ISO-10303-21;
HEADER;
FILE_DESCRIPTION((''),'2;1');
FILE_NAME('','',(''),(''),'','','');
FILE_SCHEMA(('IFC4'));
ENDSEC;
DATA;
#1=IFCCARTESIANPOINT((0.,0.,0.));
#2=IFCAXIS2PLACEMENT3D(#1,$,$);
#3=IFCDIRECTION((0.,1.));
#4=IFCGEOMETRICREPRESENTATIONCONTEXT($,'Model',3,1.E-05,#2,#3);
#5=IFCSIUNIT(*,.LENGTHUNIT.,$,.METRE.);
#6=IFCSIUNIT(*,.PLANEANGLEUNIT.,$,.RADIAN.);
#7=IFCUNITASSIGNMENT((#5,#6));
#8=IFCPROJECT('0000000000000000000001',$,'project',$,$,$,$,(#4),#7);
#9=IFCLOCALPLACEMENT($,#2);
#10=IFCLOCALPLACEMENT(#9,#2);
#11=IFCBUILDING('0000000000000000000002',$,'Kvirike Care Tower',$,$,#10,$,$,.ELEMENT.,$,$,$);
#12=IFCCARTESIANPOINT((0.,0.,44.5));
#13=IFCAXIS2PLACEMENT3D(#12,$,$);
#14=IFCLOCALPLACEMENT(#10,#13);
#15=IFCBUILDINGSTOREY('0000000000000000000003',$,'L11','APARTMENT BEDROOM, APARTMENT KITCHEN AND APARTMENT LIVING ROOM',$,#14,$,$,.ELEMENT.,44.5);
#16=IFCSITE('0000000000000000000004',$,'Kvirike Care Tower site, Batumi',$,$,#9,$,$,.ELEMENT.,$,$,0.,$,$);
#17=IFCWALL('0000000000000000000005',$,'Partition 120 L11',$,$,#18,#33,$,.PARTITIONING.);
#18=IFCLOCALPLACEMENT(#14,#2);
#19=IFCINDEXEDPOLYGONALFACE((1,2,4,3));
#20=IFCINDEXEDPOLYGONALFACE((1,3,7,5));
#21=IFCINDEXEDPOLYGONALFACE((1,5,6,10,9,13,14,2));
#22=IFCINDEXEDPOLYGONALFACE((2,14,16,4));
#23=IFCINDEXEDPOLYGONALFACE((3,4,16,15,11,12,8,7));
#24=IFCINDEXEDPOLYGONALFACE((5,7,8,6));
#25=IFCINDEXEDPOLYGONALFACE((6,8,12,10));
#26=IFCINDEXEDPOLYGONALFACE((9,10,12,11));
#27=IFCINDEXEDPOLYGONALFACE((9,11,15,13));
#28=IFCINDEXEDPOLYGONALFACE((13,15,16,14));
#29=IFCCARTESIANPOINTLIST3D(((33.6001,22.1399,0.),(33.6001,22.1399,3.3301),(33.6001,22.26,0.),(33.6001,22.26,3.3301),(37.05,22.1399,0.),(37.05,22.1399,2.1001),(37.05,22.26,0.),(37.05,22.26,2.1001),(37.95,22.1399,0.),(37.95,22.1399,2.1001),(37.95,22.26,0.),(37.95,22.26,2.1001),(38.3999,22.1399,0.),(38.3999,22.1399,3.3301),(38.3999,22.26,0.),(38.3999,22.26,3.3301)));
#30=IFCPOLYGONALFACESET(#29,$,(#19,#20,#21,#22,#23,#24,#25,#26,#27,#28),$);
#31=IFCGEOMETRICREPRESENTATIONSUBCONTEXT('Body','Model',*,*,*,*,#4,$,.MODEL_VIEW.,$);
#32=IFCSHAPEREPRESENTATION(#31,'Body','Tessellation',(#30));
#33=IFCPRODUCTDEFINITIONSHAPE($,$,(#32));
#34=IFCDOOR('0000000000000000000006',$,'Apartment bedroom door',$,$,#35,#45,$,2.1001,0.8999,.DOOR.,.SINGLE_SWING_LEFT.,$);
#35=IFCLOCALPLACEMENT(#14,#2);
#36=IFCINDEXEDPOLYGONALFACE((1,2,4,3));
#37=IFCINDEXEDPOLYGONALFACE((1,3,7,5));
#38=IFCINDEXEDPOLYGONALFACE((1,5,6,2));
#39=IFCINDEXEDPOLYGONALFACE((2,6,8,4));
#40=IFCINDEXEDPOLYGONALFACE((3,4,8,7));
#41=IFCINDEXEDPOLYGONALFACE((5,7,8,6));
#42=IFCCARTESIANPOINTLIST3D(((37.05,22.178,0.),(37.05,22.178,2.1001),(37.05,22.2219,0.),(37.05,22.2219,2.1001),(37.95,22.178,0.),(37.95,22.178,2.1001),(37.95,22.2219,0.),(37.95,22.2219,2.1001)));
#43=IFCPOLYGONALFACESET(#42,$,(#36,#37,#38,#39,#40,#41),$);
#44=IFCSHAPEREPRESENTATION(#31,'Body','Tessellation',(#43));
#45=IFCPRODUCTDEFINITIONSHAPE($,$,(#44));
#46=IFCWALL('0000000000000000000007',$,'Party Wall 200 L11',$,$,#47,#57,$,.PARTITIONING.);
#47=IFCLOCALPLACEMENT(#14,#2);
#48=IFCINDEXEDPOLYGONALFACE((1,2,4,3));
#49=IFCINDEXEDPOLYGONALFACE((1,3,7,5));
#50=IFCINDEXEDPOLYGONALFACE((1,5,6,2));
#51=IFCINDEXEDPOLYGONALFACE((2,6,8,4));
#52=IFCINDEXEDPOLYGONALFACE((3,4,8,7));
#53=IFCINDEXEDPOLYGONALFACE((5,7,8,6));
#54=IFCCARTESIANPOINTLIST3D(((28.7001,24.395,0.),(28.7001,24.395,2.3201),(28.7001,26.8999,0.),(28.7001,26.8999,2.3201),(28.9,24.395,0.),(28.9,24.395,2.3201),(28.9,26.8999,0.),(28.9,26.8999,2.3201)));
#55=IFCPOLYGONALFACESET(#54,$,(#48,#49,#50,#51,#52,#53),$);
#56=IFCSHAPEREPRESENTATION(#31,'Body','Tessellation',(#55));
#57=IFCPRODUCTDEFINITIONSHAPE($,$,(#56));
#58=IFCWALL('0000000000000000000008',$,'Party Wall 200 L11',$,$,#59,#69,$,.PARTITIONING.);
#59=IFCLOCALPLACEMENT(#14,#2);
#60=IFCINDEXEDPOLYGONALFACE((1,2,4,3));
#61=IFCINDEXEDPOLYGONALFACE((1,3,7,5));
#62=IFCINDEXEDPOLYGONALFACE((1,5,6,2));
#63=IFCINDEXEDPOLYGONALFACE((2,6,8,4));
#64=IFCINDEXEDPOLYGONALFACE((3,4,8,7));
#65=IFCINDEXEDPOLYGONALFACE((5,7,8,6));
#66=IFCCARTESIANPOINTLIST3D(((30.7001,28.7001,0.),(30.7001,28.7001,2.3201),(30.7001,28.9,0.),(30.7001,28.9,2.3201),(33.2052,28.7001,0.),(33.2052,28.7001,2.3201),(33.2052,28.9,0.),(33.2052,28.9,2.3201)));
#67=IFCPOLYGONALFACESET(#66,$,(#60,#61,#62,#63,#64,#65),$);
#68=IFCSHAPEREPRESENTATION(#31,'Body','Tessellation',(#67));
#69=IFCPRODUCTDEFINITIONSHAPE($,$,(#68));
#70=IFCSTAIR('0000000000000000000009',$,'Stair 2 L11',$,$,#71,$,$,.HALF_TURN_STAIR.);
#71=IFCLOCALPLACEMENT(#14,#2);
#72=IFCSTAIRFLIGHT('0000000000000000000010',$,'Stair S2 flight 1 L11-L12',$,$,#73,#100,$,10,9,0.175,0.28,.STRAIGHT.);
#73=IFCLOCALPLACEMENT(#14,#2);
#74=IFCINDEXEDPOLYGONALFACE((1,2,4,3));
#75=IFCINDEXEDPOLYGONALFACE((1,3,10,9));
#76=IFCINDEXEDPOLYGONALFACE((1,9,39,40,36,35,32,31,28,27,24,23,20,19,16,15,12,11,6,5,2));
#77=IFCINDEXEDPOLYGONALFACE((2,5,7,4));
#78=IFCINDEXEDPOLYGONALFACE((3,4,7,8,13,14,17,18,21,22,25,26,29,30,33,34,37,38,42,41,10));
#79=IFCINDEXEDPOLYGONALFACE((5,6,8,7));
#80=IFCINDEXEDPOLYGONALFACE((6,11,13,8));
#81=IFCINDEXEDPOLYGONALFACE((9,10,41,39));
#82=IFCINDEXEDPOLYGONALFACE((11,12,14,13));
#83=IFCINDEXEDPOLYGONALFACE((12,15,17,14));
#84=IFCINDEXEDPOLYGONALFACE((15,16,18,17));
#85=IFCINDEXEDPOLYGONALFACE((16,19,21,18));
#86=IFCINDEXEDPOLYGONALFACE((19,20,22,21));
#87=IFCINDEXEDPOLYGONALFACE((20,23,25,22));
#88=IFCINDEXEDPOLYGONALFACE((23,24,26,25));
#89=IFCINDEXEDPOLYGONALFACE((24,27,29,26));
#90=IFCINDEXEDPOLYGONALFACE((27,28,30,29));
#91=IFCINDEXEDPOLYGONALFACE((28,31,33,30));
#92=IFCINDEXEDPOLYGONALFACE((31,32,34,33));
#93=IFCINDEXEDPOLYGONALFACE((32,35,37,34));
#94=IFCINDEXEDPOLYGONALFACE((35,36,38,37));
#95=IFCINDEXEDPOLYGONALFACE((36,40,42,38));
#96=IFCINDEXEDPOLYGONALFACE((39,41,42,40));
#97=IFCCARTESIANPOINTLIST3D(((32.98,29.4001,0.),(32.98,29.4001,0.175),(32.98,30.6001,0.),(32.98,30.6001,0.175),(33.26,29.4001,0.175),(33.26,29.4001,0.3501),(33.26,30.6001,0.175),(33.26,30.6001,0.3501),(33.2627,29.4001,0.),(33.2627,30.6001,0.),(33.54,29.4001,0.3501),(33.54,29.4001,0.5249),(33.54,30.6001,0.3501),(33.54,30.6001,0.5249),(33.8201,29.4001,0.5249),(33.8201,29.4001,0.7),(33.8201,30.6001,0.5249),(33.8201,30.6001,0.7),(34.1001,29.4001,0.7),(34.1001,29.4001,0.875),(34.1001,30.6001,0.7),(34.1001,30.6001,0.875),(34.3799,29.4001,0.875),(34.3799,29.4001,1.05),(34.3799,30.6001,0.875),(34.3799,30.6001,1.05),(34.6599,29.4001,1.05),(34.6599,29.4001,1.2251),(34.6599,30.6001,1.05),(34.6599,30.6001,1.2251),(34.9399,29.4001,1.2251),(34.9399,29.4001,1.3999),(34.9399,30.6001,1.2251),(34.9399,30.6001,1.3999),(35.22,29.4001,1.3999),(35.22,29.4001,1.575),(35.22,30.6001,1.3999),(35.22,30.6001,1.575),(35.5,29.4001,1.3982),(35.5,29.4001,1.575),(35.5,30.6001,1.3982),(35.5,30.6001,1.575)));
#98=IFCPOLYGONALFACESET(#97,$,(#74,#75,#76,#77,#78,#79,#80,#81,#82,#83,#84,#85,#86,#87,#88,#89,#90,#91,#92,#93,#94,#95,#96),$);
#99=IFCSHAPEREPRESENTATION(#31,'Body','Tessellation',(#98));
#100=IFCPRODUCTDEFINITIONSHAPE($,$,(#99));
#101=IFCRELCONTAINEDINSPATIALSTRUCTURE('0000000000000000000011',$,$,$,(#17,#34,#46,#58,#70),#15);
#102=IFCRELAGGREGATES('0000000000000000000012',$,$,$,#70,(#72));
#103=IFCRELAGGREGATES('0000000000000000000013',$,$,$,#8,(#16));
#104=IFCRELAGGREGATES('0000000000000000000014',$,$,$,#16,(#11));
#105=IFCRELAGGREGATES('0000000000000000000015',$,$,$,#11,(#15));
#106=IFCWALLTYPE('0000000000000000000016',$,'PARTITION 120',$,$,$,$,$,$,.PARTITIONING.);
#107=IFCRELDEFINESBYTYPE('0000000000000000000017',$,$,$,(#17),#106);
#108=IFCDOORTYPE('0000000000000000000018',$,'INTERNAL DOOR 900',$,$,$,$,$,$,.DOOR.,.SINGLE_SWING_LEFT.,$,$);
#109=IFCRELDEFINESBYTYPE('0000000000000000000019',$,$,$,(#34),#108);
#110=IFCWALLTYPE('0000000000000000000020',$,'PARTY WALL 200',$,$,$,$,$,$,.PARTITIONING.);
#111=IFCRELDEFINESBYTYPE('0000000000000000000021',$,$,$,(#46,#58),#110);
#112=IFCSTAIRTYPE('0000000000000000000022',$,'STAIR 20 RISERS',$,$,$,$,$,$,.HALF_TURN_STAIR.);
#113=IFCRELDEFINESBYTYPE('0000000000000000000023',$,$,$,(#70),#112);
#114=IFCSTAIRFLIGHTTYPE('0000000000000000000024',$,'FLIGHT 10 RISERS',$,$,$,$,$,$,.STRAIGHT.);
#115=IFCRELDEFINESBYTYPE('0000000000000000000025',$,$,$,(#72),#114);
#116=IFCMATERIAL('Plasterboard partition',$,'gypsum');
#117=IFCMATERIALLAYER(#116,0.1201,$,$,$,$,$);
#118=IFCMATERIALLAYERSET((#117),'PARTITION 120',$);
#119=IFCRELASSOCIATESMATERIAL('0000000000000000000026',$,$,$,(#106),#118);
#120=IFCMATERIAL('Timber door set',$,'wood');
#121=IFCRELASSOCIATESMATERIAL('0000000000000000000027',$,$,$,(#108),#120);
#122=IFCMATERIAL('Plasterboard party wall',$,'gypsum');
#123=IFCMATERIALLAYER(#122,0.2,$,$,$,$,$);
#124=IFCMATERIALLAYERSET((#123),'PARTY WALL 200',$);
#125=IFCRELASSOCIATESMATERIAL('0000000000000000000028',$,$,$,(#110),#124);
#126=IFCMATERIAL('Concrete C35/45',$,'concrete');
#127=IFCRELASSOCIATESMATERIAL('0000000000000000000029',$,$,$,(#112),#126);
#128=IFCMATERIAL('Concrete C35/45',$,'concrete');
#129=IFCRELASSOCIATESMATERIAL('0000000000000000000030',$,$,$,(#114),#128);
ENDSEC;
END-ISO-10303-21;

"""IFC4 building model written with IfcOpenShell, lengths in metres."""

from ifc_helpers import new_model, si_unit, direction, frame, frame_2d, origin, place, context, subcontext, project, spatial, polyline, rectangle, outline, extrude, material, layer, layer_set, type_object, element, fill, aggregate, save


model = new_model("IFC4")

# Units and contexts
model_context = context("Model", 3, precision=1e-05, world=origin(), true_north=direction((0.0, 1.0)))
body_context = subcontext(model_context, "Body", "Model", "MODEL_VIEW")
ifc_project = project(units=[si_unit("LENGTHUNIT", "METRE"), si_unit("PLANEANGLEUNIT", "RADIAN")], contexts=[model_context])

# Site, building, storey
site_placement = place(None, origin())
site = spatial("IfcSite", under=ifc_project, at=site_placement, Name="Kvirike Care Tower site, Batumi", CompositionType="ELEMENT", RefElevation=0.0)
building_placement = place(site_placement, origin())
building = spatial("IfcBuilding", under=site, at=building_placement, Name="Kvirike Care Tower", CompositionType="ELEMENT")
storey_placement = place(building_placement, frame((0.0, 0.0, 44.5)))
storey = spatial("IfcBuildingStorey", under=building, at=storey_placement, Name="L11", Description="APARTMENT BEDROOM, APARTMENT KITCHEN AND APARTMENT LIVING ROOM", CompositionType="ELEMENT", Elevation=44.5)

# Wall, opening, door
ifc_material_1 = material(Name="Plasterboard partition", Category="gypsum")
ifc_layer_1 = layer(ifc_material_1, 0.1201)
ifc_layer_set_1 = layer_set([ifc_layer_1], Name="PARTITION 120")
wall_type_1 = type_object("IfcWallType", Name="PARTITION 120", PredefinedType="PARTITIONING", material=ifc_layer_set_1)
ifc_material_2 = material(Name="Timber door set", Category="wood")
door_type_1 = type_object("IfcDoorType", Name="INTERNAL DOOR 900", OperationType="SINGLE_SWING_LEFT", PredefinedType="DOOR", material=ifc_material_2)
wall_1_placement = place(storey_placement, frame((33.6001, 22.2, 0.0), z_axis=(0.0, 0.0, 1.0), x_axis=(1.0, 0.0, 0.0)))
wall_1 = element("IfcWall", 1, at=wall_1_placement, inside=storey, type_object=wall_type_1, Name="Partition 120 L11", PredefinedType="PARTITIONING", context=body_context, shape_type="SweptSolid", body=[
    extrude(rectangle(XDim=4.7998, YDim=0.1201, at=frame_2d((2.3999, 0.0))), origin(), (0.0, 0.0, 1.0), 3.3301),
])
opening_1_placement = place(wall_1_placement, frame((3.45, 0.0, 0.0)))
opening_1 = element("IfcOpeningElement", 2, at=opening_1_placement, cuts=wall_1, PredefinedType="OPENING", context=body_context, shape_type="SweptSolid", body=[
    extrude(rectangle(XDim=0.8999, YDim=2.1001, at=frame_2d((0.45, 1.05))), frame((0.0, 0.0706, 0.0), z_axis=(0.0, -1.0, 0.0), x_axis=(1.0, 0.0, 0.0)), (0.0, 0.0, 1.0), 0.1411),
])
door_1_placement = place(opening_1_placement, origin())
door_1 = element("IfcDoor", 3, at=door_1_placement, inside=storey, type_object=door_type_1, Name="Apartment bedroom door", OperationType="SINGLE_SWING_LEFT", OverallHeight=2.1001, OverallWidth=0.8999, PredefinedType="DOOR", context=body_context, shape_type="SweptSolid", body=[
    extrude(rectangle(XDim=0.8999, YDim=2.1001, at=frame_2d((0.45, 1.05))), frame((0.0, 0.022, 0.0), z_axis=(0.0, -1.0, 0.0), x_axis=(1.0, 0.0, 0.0)), (0.0, 0.0, 1.0), 0.0439),
])
fill(opening_1, door_1)

# Walls
ifc_material_3 = material(Name="Plasterboard party wall", Category="gypsum")
ifc_layer_2 = layer(ifc_material_3, 0.2)
ifc_layer_set_2 = layer_set([ifc_layer_2], Name="PARTY WALL 200")
wall_type_2 = type_object("IfcWallType", Name="PARTY WALL 200", PredefinedType="PARTITIONING", material=ifc_layer_set_2)
wall_2_placement = place(storey_placement, frame((28.8, 24.395, 0.0), z_axis=(0.0, 0.0, 1.0), x_axis=(0.0, 1.0, 0.0)))
element("IfcWall", 4, at=wall_2_placement, inside=storey, type_object=wall_type_2, Name="Party Wall 200 L11", PredefinedType="PARTITIONING", context=body_context, shape_type="SweptSolid", body=[
    extrude(rectangle(XDim=2.5049, YDim=0.2, at=frame_2d((1.2524, 0.0))), origin(), (0.0, 0.0, 1.0), 2.3201),
])
wall_3_placement = place(storey_placement, frame((33.2051, 28.8, 0.0), z_axis=(0.0, 0.0, 1.0), x_axis=(-1.0, 0.0, 0.0)))
element("IfcWall", 5, at=wall_3_placement, inside=storey, type_object=wall_type_2, Name="Party Wall 200 L11", PredefinedType="PARTITIONING", context=body_context, shape_type="SweptSolid", body=[
    extrude(rectangle(XDim=2.5051, YDim=0.2, at=frame_2d((1.2524, 0.0))), origin(), (0.0, 0.0, 1.0), 2.3201),
])

# Stair, stair flight
ifc_material_4 = material(Name="Concrete C35/45", Category="concrete")
stair_type = type_object("IfcStairType", Name="STAIR 20 RISERS", PredefinedType="HALF_TURN_STAIR", material=ifc_material_4)
stair_placement = place(storey_placement, origin())
stair = element("IfcStair", 6, at=stair_placement, inside=storey, type_object=stair_type, Name="Stair 2 L11", PredefinedType="HALF_TURN_STAIR")
ifc_material_5 = material(Name="Concrete C35/45", Category="concrete")
stair_flight_type = type_object("IfcStairFlightType", Name="FLIGHT 10 RISERS", PredefinedType="STRAIGHT", material=ifc_material_5)
stair_flight_placement = place(storey_placement, frame((32.98, 30.0, 0.0), z_axis=(0.0, 0.0, 1.0), x_axis=(1.0, 0.0, 0.0)))
stair_flight = element("IfcStairFlight", 7, at=stair_flight_placement, type_object=stair_flight_type, Name="Stair S2 flight 1 L11-L12", NumberOfRisers=10, NumberOfTreads=9, PredefinedType="STRAIGHT", RiserHeight=0.175, TreadLength=0.28, context=body_context, shape_type="SweptSolid", body=[
    extrude(outline(polyline([(0.0, 0.0), (0.0, 0.175), (0.28, 0.175), (0.28, 0.3501), (0.5601, 0.3501), (0.5601, 0.5249), (0.8401, 0.5249), (0.8401, 0.7), (1.1201, 0.7), (1.1201, 0.875), (1.3999, 0.875), (1.3999, 1.05), (1.6799, 1.05), (1.6799, 1.2251), (1.96, 1.2251), (1.96, 1.3999), (2.24, 1.3999), (2.24, 1.575), (2.52, 1.575), (2.52, 1.75), (2.52, 1.3982), (0.2827, 0.0), (0.0, 0.0)])), frame((0.0, 0.6001, 0.0), z_axis=(0.0, -1.0, 0.0), x_axis=(1.0, 0.0, 0.0)), (0.0, 0.0, 1.0), 1.2),
])
aggregate(stair, [stair_flight])

save(model, "model.ifc")
